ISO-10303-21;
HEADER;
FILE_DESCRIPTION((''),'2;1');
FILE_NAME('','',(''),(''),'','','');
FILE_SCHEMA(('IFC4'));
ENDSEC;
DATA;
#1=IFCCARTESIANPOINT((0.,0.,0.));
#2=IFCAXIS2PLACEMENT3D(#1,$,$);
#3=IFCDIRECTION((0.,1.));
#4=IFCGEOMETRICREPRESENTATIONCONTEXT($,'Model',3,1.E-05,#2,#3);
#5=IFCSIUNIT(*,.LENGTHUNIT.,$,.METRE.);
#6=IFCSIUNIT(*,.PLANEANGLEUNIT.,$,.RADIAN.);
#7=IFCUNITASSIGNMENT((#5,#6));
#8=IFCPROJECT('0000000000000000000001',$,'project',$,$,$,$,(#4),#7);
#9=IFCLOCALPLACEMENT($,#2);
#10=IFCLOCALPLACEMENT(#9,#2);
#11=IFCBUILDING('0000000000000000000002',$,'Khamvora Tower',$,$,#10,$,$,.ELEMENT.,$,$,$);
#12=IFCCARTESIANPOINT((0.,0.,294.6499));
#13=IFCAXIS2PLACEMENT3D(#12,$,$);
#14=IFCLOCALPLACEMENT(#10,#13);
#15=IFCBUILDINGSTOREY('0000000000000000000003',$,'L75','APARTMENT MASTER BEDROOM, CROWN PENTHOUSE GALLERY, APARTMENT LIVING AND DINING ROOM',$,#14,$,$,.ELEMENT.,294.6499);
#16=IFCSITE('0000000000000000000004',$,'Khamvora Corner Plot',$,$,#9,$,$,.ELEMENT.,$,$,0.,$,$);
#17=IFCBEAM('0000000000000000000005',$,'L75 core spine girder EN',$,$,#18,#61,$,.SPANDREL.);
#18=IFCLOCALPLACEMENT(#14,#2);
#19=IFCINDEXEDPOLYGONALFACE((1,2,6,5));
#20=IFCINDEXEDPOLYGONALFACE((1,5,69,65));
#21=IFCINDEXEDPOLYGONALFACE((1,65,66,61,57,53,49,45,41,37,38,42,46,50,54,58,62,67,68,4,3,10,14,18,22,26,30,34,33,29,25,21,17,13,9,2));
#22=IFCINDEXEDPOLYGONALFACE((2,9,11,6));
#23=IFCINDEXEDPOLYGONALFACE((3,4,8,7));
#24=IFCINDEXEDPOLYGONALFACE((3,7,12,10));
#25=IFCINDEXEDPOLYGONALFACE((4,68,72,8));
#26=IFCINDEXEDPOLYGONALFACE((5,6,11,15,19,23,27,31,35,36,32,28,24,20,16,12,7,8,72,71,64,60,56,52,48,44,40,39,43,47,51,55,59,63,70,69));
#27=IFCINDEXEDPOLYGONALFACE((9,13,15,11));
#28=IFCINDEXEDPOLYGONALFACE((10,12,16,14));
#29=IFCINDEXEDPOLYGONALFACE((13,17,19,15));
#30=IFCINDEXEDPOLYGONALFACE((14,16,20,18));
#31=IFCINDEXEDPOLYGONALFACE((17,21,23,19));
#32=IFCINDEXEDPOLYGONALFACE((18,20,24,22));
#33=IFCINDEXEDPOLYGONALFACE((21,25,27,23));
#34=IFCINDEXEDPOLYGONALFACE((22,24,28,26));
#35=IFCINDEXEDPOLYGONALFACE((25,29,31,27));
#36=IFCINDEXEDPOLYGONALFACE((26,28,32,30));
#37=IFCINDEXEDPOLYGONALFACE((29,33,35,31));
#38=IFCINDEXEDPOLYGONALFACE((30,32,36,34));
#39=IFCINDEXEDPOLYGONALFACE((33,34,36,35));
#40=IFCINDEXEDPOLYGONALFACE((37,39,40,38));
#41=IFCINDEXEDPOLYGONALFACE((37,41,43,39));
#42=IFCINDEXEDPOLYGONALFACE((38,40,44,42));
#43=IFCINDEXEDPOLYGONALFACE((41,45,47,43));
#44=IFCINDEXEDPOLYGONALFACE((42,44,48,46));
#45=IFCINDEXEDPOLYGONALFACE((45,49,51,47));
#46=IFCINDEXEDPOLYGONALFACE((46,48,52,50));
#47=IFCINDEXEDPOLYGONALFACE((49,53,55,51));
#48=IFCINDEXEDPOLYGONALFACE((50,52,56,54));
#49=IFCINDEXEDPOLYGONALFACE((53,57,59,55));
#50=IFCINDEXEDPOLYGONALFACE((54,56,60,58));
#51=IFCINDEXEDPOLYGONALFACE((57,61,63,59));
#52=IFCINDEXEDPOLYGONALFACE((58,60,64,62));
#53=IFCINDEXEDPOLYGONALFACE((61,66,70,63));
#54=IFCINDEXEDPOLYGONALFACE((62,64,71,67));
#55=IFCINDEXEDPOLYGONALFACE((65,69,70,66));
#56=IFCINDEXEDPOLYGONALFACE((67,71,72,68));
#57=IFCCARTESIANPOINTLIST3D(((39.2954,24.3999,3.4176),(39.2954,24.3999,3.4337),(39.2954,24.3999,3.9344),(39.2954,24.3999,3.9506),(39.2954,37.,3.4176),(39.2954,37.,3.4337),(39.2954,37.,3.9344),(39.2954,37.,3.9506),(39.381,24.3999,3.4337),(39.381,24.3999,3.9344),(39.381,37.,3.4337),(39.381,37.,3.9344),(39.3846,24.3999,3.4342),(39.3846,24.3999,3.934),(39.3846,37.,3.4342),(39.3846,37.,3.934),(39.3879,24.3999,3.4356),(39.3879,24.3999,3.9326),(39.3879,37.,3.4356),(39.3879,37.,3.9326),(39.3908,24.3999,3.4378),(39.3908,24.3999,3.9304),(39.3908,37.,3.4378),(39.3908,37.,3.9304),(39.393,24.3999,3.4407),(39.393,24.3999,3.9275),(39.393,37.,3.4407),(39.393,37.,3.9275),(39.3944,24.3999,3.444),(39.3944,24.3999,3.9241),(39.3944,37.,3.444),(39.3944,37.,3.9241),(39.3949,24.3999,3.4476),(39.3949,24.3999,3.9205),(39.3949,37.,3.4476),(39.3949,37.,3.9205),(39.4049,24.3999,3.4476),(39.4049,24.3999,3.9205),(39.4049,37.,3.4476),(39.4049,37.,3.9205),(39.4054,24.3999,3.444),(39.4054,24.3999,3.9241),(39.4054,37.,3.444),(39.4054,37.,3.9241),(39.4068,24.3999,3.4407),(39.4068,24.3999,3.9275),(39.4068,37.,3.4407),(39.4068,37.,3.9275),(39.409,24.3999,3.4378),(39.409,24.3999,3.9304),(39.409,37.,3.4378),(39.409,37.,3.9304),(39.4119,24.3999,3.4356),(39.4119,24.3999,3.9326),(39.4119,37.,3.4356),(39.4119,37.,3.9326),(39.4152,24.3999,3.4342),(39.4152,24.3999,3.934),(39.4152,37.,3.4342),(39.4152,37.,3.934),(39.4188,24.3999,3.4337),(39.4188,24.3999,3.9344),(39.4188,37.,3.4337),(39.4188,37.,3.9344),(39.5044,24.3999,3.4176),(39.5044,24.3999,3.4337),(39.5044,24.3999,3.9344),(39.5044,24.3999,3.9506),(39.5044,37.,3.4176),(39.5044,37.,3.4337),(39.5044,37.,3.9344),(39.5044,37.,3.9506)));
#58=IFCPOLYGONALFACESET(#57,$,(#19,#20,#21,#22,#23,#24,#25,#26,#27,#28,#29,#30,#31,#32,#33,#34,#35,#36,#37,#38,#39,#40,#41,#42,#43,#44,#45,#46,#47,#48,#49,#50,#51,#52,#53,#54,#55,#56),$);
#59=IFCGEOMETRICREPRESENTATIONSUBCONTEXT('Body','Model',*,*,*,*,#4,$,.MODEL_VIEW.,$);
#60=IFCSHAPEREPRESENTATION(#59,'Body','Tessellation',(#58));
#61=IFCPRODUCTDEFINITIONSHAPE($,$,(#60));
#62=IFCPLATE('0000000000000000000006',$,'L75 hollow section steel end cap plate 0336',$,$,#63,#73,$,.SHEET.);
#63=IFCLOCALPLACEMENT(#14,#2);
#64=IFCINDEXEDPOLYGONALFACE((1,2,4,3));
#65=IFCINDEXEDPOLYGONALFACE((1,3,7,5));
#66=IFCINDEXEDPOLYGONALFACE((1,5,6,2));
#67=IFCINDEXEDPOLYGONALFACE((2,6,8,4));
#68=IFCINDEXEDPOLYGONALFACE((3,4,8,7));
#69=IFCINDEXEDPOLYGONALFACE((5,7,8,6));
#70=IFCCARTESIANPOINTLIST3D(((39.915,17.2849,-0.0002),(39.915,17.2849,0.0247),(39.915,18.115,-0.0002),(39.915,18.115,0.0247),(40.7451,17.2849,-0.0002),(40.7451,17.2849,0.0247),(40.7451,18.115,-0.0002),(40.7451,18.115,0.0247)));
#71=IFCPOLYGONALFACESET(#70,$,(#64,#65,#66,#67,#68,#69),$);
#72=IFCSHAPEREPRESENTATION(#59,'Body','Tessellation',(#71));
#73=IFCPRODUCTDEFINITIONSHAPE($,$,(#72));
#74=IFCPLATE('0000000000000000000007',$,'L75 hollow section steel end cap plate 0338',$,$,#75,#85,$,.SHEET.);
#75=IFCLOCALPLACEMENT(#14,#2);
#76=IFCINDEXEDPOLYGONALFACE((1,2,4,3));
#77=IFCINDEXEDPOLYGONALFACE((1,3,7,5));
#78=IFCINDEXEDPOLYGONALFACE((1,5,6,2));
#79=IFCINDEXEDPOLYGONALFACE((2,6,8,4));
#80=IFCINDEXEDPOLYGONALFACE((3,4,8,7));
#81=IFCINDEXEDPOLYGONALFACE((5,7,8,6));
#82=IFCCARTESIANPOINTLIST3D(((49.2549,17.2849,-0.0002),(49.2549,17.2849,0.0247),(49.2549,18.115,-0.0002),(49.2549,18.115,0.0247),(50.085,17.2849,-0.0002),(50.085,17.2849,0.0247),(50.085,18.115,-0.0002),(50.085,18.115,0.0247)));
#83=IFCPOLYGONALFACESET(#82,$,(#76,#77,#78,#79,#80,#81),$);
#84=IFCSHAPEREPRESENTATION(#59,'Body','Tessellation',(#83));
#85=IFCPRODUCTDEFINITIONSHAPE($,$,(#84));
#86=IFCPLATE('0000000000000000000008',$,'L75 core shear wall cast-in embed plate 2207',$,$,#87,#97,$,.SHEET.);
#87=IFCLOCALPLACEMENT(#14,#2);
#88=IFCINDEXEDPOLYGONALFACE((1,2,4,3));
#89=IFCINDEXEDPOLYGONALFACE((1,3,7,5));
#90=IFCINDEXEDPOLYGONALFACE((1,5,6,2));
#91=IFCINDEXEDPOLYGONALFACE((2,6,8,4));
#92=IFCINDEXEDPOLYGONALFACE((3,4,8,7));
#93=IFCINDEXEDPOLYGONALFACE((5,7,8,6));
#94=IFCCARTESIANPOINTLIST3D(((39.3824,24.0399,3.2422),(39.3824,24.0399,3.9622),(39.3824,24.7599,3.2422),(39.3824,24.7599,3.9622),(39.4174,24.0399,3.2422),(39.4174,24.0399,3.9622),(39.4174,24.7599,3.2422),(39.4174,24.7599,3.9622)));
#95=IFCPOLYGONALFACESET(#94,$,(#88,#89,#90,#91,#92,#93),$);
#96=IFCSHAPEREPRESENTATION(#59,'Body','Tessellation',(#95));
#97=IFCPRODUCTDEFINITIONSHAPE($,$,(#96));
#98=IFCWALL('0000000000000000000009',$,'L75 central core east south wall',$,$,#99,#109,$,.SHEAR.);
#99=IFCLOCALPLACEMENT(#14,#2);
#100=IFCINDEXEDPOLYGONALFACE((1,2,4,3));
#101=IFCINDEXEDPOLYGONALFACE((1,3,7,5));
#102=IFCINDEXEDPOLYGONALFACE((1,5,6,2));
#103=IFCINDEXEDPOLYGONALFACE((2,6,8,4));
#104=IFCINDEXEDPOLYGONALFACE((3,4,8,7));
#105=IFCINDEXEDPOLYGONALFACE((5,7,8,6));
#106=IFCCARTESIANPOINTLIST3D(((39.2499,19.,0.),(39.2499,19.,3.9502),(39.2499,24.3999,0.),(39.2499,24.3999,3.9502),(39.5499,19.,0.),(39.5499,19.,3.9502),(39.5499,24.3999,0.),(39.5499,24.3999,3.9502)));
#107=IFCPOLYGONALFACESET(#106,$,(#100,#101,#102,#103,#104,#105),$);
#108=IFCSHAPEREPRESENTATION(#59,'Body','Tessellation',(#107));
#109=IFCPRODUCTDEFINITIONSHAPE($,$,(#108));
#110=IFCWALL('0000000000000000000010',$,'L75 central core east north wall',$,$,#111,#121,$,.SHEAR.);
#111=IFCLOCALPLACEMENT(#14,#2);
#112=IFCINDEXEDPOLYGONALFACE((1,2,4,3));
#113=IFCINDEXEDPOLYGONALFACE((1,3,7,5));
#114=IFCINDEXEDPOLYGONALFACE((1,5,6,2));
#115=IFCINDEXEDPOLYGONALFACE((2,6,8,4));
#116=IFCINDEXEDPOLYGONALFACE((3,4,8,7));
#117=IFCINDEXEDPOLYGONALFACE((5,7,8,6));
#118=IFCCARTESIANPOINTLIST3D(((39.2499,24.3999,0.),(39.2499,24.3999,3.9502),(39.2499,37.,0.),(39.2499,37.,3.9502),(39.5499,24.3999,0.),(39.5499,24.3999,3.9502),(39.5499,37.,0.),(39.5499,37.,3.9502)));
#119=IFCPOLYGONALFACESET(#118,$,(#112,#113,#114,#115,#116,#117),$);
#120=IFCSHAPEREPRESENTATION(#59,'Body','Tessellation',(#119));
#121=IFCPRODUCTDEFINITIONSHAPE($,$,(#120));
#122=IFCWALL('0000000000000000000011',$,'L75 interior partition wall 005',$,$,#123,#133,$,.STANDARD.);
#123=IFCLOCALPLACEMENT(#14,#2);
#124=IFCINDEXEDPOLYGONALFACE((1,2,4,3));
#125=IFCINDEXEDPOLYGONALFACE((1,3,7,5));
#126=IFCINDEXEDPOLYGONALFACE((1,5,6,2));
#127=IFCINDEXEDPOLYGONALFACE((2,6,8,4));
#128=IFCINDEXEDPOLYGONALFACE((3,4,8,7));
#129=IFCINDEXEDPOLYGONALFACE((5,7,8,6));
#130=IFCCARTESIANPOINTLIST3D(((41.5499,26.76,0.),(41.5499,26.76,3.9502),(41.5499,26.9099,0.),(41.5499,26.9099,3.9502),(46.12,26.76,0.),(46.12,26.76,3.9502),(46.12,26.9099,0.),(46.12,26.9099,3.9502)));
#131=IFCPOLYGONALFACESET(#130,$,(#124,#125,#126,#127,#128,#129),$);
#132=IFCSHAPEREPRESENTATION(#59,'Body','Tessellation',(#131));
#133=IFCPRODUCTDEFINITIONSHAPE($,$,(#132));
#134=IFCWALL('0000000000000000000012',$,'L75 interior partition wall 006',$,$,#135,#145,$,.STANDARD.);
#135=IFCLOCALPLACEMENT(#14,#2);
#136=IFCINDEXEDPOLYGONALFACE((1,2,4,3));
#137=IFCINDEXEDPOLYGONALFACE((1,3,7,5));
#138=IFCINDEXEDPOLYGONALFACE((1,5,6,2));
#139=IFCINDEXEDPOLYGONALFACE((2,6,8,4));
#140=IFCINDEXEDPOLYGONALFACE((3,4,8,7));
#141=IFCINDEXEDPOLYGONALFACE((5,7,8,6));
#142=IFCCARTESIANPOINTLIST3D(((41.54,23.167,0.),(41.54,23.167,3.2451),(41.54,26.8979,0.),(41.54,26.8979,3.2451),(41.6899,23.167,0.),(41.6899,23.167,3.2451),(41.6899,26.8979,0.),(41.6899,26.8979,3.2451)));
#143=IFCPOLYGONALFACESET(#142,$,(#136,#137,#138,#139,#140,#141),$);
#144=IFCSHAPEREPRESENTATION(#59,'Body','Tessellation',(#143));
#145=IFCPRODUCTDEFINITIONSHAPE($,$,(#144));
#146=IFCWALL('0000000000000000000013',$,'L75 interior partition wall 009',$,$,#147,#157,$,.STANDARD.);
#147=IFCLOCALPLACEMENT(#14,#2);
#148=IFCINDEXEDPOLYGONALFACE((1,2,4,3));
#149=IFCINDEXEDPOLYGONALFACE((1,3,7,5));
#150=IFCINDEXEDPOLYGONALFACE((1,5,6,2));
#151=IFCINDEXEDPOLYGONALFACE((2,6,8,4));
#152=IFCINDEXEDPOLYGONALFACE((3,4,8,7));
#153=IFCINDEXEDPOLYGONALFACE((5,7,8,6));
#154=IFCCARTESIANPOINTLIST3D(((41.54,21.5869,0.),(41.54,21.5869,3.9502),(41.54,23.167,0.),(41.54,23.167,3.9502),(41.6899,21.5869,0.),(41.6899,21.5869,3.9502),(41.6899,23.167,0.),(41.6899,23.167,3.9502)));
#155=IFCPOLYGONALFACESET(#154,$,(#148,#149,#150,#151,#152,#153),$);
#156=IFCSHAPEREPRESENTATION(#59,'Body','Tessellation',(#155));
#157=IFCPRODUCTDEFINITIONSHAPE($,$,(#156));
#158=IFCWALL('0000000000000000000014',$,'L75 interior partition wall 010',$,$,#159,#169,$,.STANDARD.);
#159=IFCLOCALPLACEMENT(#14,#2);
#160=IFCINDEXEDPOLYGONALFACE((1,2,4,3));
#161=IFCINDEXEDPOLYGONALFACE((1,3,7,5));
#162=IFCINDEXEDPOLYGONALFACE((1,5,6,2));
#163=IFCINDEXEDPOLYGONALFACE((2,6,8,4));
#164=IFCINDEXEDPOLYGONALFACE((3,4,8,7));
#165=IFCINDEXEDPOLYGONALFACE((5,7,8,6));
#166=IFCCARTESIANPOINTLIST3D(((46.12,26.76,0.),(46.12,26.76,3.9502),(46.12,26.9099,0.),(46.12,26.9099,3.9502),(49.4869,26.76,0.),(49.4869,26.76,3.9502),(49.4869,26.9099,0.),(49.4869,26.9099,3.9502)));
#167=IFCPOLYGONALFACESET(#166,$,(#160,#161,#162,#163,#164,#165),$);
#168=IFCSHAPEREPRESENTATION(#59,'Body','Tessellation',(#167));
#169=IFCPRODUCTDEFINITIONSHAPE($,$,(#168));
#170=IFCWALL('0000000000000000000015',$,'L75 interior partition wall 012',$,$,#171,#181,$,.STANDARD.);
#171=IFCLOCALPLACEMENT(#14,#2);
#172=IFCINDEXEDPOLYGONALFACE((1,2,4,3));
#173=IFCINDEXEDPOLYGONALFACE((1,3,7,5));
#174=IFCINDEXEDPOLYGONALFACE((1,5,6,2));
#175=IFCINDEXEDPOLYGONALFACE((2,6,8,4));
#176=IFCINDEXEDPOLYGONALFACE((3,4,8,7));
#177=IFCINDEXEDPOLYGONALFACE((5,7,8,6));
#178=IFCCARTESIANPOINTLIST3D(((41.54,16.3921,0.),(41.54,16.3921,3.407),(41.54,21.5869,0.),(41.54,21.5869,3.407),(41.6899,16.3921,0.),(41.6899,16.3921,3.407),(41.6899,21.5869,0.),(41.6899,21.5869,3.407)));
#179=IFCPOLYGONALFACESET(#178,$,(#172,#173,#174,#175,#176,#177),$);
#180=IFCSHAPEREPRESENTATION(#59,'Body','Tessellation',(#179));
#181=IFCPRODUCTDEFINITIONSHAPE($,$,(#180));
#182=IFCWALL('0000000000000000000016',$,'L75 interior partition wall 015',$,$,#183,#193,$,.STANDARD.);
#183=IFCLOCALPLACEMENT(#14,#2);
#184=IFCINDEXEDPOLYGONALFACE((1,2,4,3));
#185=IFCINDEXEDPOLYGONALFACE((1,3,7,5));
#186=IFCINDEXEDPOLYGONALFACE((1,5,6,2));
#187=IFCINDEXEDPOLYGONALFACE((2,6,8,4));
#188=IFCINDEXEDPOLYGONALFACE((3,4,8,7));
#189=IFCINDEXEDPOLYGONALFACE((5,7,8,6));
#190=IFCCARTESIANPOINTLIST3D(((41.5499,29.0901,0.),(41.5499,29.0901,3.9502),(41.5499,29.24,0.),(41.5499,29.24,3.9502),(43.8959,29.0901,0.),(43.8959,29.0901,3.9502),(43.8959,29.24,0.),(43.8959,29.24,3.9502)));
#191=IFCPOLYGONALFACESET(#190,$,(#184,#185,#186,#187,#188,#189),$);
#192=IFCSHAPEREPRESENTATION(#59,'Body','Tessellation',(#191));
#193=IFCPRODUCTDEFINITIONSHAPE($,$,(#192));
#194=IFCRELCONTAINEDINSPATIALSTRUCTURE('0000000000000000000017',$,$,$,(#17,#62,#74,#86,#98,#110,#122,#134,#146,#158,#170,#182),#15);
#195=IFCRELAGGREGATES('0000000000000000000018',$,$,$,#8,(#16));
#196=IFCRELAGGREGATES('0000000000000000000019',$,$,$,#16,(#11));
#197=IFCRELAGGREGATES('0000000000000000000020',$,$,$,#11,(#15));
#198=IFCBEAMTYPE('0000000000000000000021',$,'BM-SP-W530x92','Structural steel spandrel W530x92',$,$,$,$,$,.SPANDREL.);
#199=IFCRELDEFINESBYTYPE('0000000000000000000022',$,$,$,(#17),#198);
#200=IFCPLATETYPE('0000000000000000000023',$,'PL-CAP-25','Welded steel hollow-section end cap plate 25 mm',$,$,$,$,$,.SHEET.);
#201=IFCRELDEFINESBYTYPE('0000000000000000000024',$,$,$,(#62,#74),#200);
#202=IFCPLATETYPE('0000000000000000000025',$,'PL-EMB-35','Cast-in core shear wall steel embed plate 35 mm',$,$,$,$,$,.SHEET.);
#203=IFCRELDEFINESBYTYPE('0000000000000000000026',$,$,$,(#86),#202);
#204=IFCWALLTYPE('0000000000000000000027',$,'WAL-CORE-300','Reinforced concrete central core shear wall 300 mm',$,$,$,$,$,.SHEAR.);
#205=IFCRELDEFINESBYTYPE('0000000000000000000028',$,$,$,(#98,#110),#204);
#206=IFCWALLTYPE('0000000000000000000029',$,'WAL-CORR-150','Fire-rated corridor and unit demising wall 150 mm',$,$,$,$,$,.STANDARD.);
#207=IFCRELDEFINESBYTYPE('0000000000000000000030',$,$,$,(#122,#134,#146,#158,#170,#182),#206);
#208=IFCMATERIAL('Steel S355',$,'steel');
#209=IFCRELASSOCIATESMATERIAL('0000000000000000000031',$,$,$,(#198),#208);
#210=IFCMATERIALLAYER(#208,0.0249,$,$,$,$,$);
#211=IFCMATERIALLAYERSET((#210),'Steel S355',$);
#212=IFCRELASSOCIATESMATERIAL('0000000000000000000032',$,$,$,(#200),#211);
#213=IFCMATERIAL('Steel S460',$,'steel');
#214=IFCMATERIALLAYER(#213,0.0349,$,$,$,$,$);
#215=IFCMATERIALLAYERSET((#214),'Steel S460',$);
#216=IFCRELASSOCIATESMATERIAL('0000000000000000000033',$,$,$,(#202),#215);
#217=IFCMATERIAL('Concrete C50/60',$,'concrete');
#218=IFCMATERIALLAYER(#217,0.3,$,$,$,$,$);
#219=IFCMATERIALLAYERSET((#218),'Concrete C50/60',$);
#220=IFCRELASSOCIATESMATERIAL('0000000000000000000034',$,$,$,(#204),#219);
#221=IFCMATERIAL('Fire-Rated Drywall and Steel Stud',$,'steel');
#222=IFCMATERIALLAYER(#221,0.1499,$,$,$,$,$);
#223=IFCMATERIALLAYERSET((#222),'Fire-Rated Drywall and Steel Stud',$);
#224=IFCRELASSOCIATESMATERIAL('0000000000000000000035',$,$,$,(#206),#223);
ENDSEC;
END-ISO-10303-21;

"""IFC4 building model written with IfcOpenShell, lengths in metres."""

from ifc_helpers import new_model, si_unit, direction, frame, frame_2d, origin, origin_2d, place, context, subcontext, project, spatial, rectangle, i_section, extrude, material, layer, layer_set, material_profile, profile_set, type_object, element, save


model = new_model("IFC4")

# Units and contexts
model_context = context("Model", 3, precision=1e-05, world=origin(), true_north=direction((0.0, 1.0)))
body_context = subcontext(model_context, "Body", "Model", "MODEL_VIEW")
ifc_project = project(units=[si_unit("LENGTHUNIT", "METRE"), si_unit("PLANEANGLEUNIT", "RADIAN")], contexts=[model_context])

# Site, building, storey
site_placement = place(None, origin())
site = spatial("IfcSite", under=ifc_project, at=site_placement, Name="Khamvora Corner Plot", CompositionType="ELEMENT", RefElevation=0.0)
building_placement = place(site_placement, origin())
building = spatial("IfcBuilding", under=site, at=building_placement, Name="Khamvora Tower", CompositionType="ELEMENT")
storey_placement = place(building_placement, frame((0.0, 0.0, 294.6499)))
storey = spatial("IfcBuildingStorey", under=building, at=storey_placement, Name="L75", Description="APARTMENT MASTER BEDROOM, CROWN PENTHOUSE GALLERY, APARTMENT LIVING AND DINING ROOM", CompositionType="ELEMENT", Elevation=294.6499)

# Shared definitions
ifc_material_1 = material(Name="Steel S355", Category="steel")

# Beam
ifc_material_profile_1 = material_profile(ifc_material_1, i_section(OverallWidth=0.209, OverallDepth=0.533, WebThickness=0.01, FlangeThickness=0.0161, FilletRadius=0.0139, at=origin_2d()), Name="W530x92")
ifc_profile_set_1 = profile_set([ifc_material_profile_1], Name="Steel S355")
beam_type_1 = type_object("IfcBeamType", Name="BM-SP-W530x92", Description="Structural steel spandrel W530x92", PredefinedType="SPANDREL", material=ifc_profile_set_1)
beam_1_placement = place(storey_placement, frame((39.3999, 24.3999, 3.6841), z_axis=(0.0, 1.0, 0.0), x_axis=(-1.0, 0.0, 0.0)))
element("IfcBeam", 1, at=beam_1_placement, inside=storey, type_object=beam_type_1, Name="L75 core spine girder EN", PredefinedType="SPANDREL", context=body_context, shape_type="SweptSolid", body=[
    extrude(i_section(OverallWidth=0.209, OverallDepth=0.533, WebThickness=0.01, FlangeThickness=0.0161, FilletRadius=0.0139, at=origin_2d()), origin(), (0.0, 0.0, 1.0), 12.6001),
])

# Plates
ifc_layer_1 = layer(ifc_material_1, 0.0249)
ifc_layer_set_1 = layer_set([ifc_layer_1], Name="Steel S355")
plate_type_1 = type_object("IfcPlateType", Name="PL-CAP-25", Description="Welded steel hollow-section end cap plate 25 mm", PredefinedType="SHEET", material=ifc_layer_set_1)
for number, where, z_axis, x_axis, name in (
    (2, (40.3301, 17.7, -0.0002), (0.0, 0.0, 1.0), (1.0, 0.0, 0.0), "L75 hollow section steel end cap plate 0336"),
    (3, (49.6699, 17.7, -0.0002), (0.0, 0.0, 1.0), (1.0, 0.0, 0.0), "L75 hollow section steel end cap plate 0338"),
):
    element("IfcPlate", number, at=place(storey_placement, frame(where, z_axis=z_axis, x_axis=x_axis)), inside=storey, type_object=plate_type_1, Name=name, PredefinedType="SHEET", context=body_context, shape_type="SweptSolid", body=[
        extrude(rectangle(XDim=0.8301, YDim=0.8301, at=origin_2d()), origin(), (0.0, 0.0, 1.0), 0.0249),
    ])
ifc_material_2 = material(Name="Steel S460", Category="steel")
ifc_layer_2 = layer(ifc_material_2, 0.0349)
ifc_layer_set_2 = layer_set([ifc_layer_2], Name="Steel S460")
plate_type_2 = type_object("IfcPlateType", Name="PL-EMB-35", Description="Cast-in core shear wall steel embed plate 35 mm", PredefinedType="SHEET", material=ifc_layer_set_2)
plate_placement = place(storey_placement, frame((39.3999, 24.3999, 3.2422), z_axis=(0.0, 0.0, 1.0), x_axis=(1.0, 0.0, 0.0)))
element("IfcPlate", 4, at=plate_placement, inside=storey, type_object=plate_type_2, Name="L75 core shear wall cast-in embed plate 2207", PredefinedType="SHEET", context=body_context, shape_type="SweptSolid", body=[
    extrude(rectangle(XDim=0.0349, YDim=0.72, at=origin_2d()), origin(), (0.0, 0.0, 1.0), 0.72),
])

# Walls
ifc_material_3 = material(Name="Concrete C50/60", Category="concrete")
ifc_layer_3 = layer(ifc_material_3, 0.3)
ifc_layer_set_3 = layer_set([ifc_layer_3], Name="Concrete C50/60")
wall_type_1 = type_object("IfcWallType", Name="WAL-CORE-300", Description="Reinforced concrete central core shear wall 300 mm", PredefinedType="SHEAR", material=ifc_layer_set_3)
wall_1_placement = place(storey_placement, frame((39.3999, 19.0, 0.0), z_axis=(0.0, 0.0, 1.0), x_axis=(0.0, 1.0, 0.0)))
element("IfcWall", 5, at=wall_1_placement, inside=storey, type_object=wall_type_1, Name="L75 central core east south wall", PredefinedType="SHEAR", context=body_context, shape_type="SweptSolid", body=[
    extrude(rectangle(XDim=5.3999, YDim=0.3, at=frame_2d((2.7, 0.0))), origin(), (0.0, 0.0, 1.0), 3.9502),
])
wall_2_placement = place(storey_placement, frame((39.3999, 24.3999, 0.0), z_axis=(0.0, 0.0, 1.0), x_axis=(0.0, 1.0, 0.0)))
element("IfcWall", 6, at=wall_2_placement, inside=storey, type_object=wall_type_1, Name="L75 central core east north wall", PredefinedType="SHEAR", context=body_context, shape_type="SweptSolid", body=[
    extrude(rectangle(XDim=12.6001, YDim=0.3, at=frame_2d((6.3, 0.0))), origin(), (0.0, 0.0, 1.0), 3.9502),
])
ifc_material_4 = material(Name="Fire-Rated Drywall and Steel Stud", Category="steel")
ifc_layer_4 = layer(ifc_material_4, 0.1499)
ifc_layer_set_4 = layer_set([ifc_layer_4], Name="Fire-Rated Drywall and Steel Stud")
wall_type_2 = type_object("IfcWallType", Name="WAL-CORR-150", Description="Fire-rated corridor and unit demising wall 150 mm", PredefinedType="STANDARD", material=ifc_layer_set_4)
wall_3_placement = place(storey_placement, frame((46.1201, 26.835, 0.0), z_axis=(0.0, 0.0, 1.0), x_axis=(-1.0, 0.0, 0.0)))
element("IfcWall", 7, at=wall_3_placement, inside=storey, type_object=wall_type_2, Name="L75 interior partition wall 005", PredefinedType="STANDARD", context=body_context, shape_type="SweptSolid", body=[
    extrude(rectangle(XDim=4.5701, YDim=0.1499, at=frame_2d((2.2852, 0.0))), origin(), (0.0, 0.0, 1.0), 3.9502),
])
wall_4_placement = place(storey_placement, frame((41.615, 26.8979, 0.0), z_axis=(0.0, 0.0, 1.0), x_axis=(0.0, -1.0, 0.0)))
element("IfcWall", 8, at=wall_4_placement, inside=storey, type_object=wall_type_2, Name="L75 interior partition wall 006", PredefinedType="STANDARD", context=body_context, shape_type="SweptSolid", body=[
    extrude(rectangle(XDim=3.731, YDim=0.1499, at=frame_2d((1.8655, 0.0))), origin(), (0.0, 0.0, 1.0), 3.2451),
])
wall_5_placement = place(storey_placement, frame((41.615, 23.167, 0.0), z_axis=(0.0, 0.0, 1.0), x_axis=(0.0, -1.0, 0.0)))
element("IfcWall", 9, at=wall_5_placement, inside=storey, type_object=wall_type_2, Name="L75 interior partition wall 009", PredefinedType="STANDARD", context=body_context, shape_type="SweptSolid", body=[
    extrude(rectangle(XDim=1.5801, YDim=0.1499, at=frame_2d((0.79, 0.0))), origin(), (0.0, 0.0, 1.0), 3.9502),
])
wall_6_placement = place(storey_placement, frame((49.4871, 26.835, 0.0), z_axis=(0.0, 0.0, 1.0), x_axis=(-1.0, 0.0, 0.0)))
element("IfcWall", 10, at=wall_6_placement, inside=storey, type_object=wall_type_2, Name="L75 interior partition wall 010", PredefinedType="STANDARD", context=body_context, shape_type="SweptSolid", body=[
    extrude(rectangle(XDim=3.3669, YDim=0.1499, at=frame_2d((1.6836, 0.0))), origin(), (0.0, 0.0, 1.0), 3.9502),
])
wall_7_placement = place(storey_placement, frame((41.615, 21.5869, 0.0), z_axis=(0.0, 0.0, 1.0), x_axis=(0.0, -1.0, 0.0)))
element("IfcWall", 11, at=wall_7_placement, inside=storey, type_object=wall_type_2, Name="L75 interior partition wall 012", PredefinedType="STANDARD", context=body_context, shape_type="SweptSolid", body=[
    extrude(rectangle(XDim=5.1948, YDim=0.1499, at=frame_2d((2.5974, 0.0))), origin(), (0.0, 0.0, 1.0), 3.407),
])
wall_8_placement = place(storey_placement, frame((41.55, 29.165, 0.0), z_axis=(0.0, 0.0, 1.0), x_axis=(1.0, 0.0, 0.0)))
element("IfcWall", 12, at=wall_8_placement, inside=storey, type_object=wall_type_2, Name="L75 interior partition wall 015", PredefinedType="STANDARD", context=body_context, shape_type="SweptSolid", body=[
    extrude(rectangle(XDim=2.3459, YDim=0.1499, at=frame_2d((1.1729, 0.0))), origin(), (0.0, 0.0, 1.0), 3.9502),
])

save(model, "model.ifc")
